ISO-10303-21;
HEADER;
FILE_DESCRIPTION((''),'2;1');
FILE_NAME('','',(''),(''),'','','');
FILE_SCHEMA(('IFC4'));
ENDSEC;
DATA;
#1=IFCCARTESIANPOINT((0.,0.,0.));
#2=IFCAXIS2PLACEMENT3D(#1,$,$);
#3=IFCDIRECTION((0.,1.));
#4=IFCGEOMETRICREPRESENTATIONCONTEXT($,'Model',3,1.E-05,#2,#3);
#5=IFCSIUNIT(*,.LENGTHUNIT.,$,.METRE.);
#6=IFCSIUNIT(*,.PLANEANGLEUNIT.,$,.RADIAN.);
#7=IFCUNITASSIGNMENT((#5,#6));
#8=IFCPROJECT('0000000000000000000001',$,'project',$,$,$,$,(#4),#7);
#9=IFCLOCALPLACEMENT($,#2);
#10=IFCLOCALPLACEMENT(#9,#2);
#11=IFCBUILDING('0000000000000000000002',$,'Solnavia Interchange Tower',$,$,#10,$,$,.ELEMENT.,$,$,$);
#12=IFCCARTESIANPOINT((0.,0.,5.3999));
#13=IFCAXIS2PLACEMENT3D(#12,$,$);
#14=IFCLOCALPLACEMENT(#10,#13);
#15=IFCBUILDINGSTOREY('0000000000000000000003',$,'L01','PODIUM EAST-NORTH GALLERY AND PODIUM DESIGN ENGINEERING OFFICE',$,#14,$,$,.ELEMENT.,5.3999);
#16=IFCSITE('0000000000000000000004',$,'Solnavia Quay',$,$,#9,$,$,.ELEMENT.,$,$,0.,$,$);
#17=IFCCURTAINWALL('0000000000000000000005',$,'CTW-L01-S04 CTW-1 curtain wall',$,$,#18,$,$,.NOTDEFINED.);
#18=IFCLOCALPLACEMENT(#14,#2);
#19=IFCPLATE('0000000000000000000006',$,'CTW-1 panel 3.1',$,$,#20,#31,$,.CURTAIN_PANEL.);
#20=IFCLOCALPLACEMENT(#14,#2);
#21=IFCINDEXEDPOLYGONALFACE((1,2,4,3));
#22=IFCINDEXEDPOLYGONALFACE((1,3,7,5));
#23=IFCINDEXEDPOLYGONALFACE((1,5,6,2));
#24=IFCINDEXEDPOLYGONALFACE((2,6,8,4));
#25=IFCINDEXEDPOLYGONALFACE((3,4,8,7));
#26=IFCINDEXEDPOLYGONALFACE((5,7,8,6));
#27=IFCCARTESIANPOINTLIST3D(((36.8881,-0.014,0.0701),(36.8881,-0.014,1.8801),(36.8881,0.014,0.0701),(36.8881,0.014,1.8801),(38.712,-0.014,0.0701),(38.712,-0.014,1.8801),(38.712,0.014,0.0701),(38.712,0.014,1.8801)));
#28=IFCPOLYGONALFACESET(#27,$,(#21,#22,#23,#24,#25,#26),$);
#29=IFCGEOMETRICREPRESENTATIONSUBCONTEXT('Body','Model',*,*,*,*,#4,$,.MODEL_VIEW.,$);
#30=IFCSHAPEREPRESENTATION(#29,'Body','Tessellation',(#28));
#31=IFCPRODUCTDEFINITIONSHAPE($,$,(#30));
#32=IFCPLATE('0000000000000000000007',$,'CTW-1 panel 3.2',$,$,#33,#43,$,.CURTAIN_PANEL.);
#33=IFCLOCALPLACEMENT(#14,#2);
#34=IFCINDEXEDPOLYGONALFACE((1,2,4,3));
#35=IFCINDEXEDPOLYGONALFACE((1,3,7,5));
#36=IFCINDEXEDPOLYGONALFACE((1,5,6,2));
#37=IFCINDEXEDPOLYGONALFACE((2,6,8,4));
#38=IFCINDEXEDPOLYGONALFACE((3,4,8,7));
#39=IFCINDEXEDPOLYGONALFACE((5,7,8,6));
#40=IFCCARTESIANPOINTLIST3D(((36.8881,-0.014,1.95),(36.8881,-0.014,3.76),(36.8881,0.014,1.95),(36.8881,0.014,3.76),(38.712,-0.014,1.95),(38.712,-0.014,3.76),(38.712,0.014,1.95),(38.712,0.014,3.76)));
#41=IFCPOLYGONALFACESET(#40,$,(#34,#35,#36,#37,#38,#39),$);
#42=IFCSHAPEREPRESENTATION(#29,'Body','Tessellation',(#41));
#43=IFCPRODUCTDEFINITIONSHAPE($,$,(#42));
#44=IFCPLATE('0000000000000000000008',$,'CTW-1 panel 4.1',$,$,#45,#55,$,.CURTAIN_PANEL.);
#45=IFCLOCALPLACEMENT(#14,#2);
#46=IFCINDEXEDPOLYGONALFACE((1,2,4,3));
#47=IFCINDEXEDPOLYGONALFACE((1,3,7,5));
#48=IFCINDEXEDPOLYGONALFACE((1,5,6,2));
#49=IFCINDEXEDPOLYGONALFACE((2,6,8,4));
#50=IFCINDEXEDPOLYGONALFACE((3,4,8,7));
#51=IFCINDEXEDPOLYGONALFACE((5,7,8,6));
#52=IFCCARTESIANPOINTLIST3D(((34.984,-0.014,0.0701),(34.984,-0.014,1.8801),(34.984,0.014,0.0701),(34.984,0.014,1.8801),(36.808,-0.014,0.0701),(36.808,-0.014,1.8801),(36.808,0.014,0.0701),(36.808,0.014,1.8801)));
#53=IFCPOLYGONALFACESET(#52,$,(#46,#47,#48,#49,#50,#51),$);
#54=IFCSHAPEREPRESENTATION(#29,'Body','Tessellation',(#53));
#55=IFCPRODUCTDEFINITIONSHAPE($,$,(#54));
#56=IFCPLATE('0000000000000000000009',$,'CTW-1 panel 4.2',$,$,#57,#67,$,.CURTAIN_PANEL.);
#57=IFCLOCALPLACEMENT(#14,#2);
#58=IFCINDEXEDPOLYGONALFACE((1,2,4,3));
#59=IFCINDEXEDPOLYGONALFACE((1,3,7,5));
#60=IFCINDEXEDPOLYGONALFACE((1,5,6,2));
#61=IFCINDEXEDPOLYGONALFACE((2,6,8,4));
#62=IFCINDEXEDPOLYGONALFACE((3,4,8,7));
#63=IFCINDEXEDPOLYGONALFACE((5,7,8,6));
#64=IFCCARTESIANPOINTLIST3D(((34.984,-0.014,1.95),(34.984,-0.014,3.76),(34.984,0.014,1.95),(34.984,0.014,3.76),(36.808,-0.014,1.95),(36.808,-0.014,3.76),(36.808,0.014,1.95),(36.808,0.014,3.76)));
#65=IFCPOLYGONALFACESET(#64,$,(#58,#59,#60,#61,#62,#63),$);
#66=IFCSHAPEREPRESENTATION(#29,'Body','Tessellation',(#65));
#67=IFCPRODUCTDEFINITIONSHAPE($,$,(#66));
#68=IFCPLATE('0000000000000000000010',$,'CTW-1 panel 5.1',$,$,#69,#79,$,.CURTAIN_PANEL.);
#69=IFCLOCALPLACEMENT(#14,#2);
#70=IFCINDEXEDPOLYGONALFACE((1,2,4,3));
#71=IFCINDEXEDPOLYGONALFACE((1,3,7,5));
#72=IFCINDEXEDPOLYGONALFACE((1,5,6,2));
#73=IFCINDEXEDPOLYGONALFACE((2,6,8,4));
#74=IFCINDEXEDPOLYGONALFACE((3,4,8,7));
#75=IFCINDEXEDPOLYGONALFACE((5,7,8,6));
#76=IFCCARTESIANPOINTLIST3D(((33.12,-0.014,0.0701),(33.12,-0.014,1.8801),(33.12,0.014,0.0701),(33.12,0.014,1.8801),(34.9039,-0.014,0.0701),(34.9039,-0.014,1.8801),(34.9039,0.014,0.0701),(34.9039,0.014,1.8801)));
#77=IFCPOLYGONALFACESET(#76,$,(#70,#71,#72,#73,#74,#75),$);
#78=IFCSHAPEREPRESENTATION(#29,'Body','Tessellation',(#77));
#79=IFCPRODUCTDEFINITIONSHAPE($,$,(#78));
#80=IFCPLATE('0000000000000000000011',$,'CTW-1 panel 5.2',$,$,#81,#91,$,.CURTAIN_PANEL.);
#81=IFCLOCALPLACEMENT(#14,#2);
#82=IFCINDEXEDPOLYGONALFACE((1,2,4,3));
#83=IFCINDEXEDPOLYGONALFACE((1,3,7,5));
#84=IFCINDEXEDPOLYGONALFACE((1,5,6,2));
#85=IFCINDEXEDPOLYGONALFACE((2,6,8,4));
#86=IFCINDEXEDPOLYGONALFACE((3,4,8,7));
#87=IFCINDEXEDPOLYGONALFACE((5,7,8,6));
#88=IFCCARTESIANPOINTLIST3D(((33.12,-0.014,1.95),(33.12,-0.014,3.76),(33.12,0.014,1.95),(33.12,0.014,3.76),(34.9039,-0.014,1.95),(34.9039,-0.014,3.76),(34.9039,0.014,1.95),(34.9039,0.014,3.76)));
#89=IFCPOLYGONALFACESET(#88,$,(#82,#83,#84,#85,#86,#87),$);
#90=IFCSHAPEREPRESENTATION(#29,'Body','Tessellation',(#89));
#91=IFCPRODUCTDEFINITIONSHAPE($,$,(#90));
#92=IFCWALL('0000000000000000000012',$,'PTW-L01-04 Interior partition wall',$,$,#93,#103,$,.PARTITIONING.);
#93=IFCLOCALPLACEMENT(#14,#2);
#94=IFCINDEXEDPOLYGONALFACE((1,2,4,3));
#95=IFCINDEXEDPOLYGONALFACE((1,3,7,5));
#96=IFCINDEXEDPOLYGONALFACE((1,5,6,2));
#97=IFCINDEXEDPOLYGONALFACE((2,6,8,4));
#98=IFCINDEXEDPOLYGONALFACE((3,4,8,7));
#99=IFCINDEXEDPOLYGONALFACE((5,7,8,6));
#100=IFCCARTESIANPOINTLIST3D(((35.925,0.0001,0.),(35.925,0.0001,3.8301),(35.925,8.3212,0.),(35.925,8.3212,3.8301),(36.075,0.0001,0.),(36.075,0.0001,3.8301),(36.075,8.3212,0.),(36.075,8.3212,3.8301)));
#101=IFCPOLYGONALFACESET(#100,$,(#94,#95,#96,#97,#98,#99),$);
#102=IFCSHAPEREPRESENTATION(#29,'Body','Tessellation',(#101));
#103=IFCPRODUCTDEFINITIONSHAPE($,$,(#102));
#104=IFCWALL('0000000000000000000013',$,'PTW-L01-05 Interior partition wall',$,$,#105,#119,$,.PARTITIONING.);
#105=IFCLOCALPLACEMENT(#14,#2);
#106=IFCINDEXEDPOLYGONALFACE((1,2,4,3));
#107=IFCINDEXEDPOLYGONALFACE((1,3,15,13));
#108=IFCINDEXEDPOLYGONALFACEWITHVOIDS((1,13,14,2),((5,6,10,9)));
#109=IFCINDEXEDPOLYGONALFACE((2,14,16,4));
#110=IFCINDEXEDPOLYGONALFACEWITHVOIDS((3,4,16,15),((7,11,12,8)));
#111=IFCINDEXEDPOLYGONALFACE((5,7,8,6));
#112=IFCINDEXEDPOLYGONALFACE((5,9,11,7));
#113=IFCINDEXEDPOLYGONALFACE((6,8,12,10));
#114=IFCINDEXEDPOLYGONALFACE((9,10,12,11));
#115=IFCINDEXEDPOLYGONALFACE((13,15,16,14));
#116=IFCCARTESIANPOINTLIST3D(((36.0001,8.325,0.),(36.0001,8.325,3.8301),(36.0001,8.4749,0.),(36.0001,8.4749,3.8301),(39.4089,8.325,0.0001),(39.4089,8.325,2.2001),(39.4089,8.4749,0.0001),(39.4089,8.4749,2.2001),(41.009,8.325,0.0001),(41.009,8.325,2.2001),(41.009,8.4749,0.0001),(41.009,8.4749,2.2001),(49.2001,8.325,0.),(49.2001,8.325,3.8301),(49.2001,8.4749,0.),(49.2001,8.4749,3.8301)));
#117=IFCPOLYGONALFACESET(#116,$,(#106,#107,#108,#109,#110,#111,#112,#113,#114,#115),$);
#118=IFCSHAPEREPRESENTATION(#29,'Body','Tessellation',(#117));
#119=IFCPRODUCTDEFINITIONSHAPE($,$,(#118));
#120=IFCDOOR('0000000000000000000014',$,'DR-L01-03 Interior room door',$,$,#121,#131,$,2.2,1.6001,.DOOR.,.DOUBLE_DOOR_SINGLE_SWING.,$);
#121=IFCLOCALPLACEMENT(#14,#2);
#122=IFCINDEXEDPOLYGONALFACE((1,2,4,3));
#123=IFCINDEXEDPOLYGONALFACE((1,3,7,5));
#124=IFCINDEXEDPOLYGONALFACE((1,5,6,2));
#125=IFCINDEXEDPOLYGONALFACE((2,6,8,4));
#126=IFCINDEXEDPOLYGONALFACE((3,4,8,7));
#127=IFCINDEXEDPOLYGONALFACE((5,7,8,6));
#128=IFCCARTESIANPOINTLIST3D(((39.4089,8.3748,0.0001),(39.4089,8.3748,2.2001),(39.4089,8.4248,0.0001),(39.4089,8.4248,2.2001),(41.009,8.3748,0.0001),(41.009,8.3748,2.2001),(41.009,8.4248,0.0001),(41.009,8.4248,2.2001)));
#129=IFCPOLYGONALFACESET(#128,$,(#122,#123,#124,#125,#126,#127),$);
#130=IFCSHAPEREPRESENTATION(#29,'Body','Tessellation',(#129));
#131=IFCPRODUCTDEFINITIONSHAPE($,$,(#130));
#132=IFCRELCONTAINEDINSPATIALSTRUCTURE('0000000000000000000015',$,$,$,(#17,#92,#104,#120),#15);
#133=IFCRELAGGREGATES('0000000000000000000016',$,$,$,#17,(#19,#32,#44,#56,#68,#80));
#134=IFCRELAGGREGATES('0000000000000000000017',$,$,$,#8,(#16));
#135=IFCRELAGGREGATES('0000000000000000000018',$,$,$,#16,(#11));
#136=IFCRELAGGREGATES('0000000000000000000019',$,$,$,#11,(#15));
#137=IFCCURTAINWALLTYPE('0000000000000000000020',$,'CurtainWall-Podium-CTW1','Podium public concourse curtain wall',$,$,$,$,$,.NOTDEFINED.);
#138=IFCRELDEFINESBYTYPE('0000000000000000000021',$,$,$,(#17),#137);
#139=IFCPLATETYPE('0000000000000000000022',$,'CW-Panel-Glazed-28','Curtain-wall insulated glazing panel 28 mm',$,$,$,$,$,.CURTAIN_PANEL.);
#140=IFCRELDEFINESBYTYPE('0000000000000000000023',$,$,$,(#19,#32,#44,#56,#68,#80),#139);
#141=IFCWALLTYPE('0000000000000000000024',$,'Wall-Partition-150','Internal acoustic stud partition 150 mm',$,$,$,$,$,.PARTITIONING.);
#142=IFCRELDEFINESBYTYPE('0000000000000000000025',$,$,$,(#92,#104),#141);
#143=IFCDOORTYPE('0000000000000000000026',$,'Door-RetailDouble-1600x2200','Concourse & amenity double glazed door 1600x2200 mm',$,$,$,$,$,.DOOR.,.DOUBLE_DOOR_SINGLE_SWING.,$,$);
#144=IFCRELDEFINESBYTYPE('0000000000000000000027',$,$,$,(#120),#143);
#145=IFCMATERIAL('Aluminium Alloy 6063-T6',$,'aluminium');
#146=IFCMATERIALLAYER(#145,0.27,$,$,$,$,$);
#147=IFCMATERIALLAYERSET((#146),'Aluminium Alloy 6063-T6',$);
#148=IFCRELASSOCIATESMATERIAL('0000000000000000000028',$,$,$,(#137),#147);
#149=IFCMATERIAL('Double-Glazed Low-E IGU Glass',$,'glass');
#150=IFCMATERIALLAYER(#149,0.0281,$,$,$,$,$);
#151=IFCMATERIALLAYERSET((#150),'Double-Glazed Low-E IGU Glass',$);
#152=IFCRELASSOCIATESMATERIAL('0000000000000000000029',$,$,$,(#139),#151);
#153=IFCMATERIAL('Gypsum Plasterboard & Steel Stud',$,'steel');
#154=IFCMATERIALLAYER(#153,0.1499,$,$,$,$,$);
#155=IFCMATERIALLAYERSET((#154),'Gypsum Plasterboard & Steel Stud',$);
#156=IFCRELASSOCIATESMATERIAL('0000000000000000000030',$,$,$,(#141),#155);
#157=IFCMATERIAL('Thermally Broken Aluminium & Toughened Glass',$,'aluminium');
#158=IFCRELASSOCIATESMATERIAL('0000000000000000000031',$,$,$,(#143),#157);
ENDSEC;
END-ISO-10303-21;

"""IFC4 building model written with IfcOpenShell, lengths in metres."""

from ifc_helpers import new_model, si_unit, direction, frame, frame_2d, origin, origin_2d, place, context, subcontext, project, spatial, rectangle, extrude, material, layer, layer_set, type_object, element, fill, aggregate, save


model = new_model("IFC4")

# Units and contexts
model_context = context("Model", 3, precision=1e-05, world=origin(), true_north=direction((0.0, 1.0)))
body_context = subcontext(model_context, "Body", "Model", "MODEL_VIEW")
ifc_project = project(units=[si_unit("LENGTHUNIT", "METRE"), si_unit("PLANEANGLEUNIT", "RADIAN")], contexts=[model_context])

# Site, building, storey
site_placement = place(None, origin())
site = spatial("IfcSite", under=ifc_project, at=site_placement, Name="Solnavia Quay", CompositionType="ELEMENT", RefElevation=0.0)
building_placement = place(site_placement, origin())
building = spatial("IfcBuilding", under=site, at=building_placement, Name="Solnavia Interchange Tower", CompositionType="ELEMENT")
storey_placement = place(building_placement, frame((0.0, 0.0, 5.3999)))
storey = spatial("IfcBuildingStorey", under=building, at=storey_placement, Name="L01", Description="PODIUM EAST-NORTH GALLERY AND PODIUM DESIGN ENGINEERING OFFICE", CompositionType="ELEMENT", Elevation=5.3999)

# Curtain wall, plates
ifc_material_1 = material(Name="Aluminium Alloy 6063-T6", Category="aluminium")
ifc_layer_1 = layer(ifc_material_1, 0.27)
ifc_layer_set_1 = layer_set([ifc_layer_1], Name="Aluminium Alloy 6063-T6")
curtain_wall_type = type_object("IfcCurtainWallType", Name="CurtainWall-Podium-CTW1", Description="Podium public concourse curtain wall", PredefinedType="NOTDEFINED", material=ifc_layer_set_1)
curtain_wall_placement = place(storey_placement, origin())
curtain_wall = element("IfcCurtainWall", 1, at=curtain_wall_placement, inside=storey, type_object=curtain_wall_type, Name="CTW-L01-S04 CTW-1 curtain wall", PredefinedType="NOTDEFINED")
ifc_material_2 = material(Name="Double-Glazed Low-E IGU Glass", Category="glass")
ifc_layer_2 = layer(ifc_material_2, 0.0281)
ifc_layer_set_2 = layer_set([ifc_layer_2], Name="Double-Glazed Low-E IGU Glass")
plate_type = type_object("IfcPlateType", Name="CW-Panel-Glazed-28", Description="Curtain-wall insulated glazing panel 28 mm", PredefinedType="CURTAIN_PANEL", material=ifc_layer_set_2)
plate_1_placement = place(storey_placement, frame((37.8, 0.0, 0.0701), z_axis=(0.0, 0.0, 1.0), x_axis=(-1.0, 0.0, 0.0)))
plate_1 = element("IfcPlate", 2, at=plate_1_placement, type_object=plate_type, Name="CTW-1 panel 3.1", PredefinedType="CURTAIN_PANEL", context=body_context, shape_type="SweptSolid", body=[
    extrude(rectangle(XDim=1.824, YDim=0.0281, at=origin_2d()), origin(), (0.0, 0.0, 1.0), 1.8101),
])
plate_2_placement = place(storey_placement, frame((37.8, 0.0, 1.95), z_axis=(0.0, 0.0, 1.0), x_axis=(-1.0, 0.0, 0.0)))
plate_2 = element("IfcPlate", 3, at=plate_2_placement, type_object=plate_type, Name="CTW-1 panel 3.2", PredefinedType="CURTAIN_PANEL", context=body_context, shape_type="SweptSolid", body=[
    extrude(rectangle(XDim=1.824, YDim=0.0281, at=origin_2d()), origin(), (0.0, 0.0, 1.0), 1.8101),
])
plate_3_placement = place(storey_placement, frame((35.896, 0.0, 0.0701), z_axis=(0.0, 0.0, 1.0), x_axis=(-1.0, 0.0, 0.0)))
plate_3 = element("IfcPlate", 4, at=plate_3_placement, type_object=plate_type, Name="CTW-1 panel 4.1", PredefinedType="CURTAIN_PANEL", context=body_context, shape_type="SweptSolid", body=[
    extrude(rectangle(XDim=1.824, YDim=0.0281, at=origin_2d()), origin(), (0.0, 0.0, 1.0), 1.8101),
])
plate_4_placement = place(storey_placement, frame((35.896, 0.0, 1.95), z_axis=(0.0, 0.0, 1.0), x_axis=(-1.0, 0.0, 0.0)))
plate_4 = element("IfcPlate", 5, at=plate_4_placement, type_object=plate_type, Name="CTW-1 panel 4.2", PredefinedType="CURTAIN_PANEL", context=body_context, shape_type="SweptSolid", body=[
    extrude(rectangle(XDim=1.824, YDim=0.0281, at=origin_2d()), origin(), (0.0, 0.0, 1.0), 1.8101),
])
plate_5_placement = place(storey_placement, frame((34.012, 0.0, 0.0701), z_axis=(0.0, 0.0, 1.0), x_axis=(-1.0, 0.0, 0.0)))
plate_5 = element("IfcPlate", 6, at=plate_5_placement, type_object=plate_type, Name="CTW-1 panel 5.1", PredefinedType="CURTAIN_PANEL", context=body_context, shape_type="SweptSolid", body=[
    extrude(rectangle(XDim=1.7839, YDim=0.0281, at=origin_2d()), origin(), (0.0, 0.0, 1.0), 1.8101),
])
plate_6_placement = place(storey_placement, frame((34.012, 0.0, 1.95), z_axis=(0.0, 0.0, 1.0), x_axis=(-1.0, 0.0, 0.0)))
plate_6 = element("IfcPlate", 7, at=plate_6_placement, type_object=plate_type, Name="CTW-1 panel 5.2", PredefinedType="CURTAIN_PANEL", context=body_context, shape_type="SweptSolid", body=[
    extrude(rectangle(XDim=1.7839, YDim=0.0281, at=origin_2d()), origin(), (0.0, 0.0, 1.0), 1.8101),
])
aggregate(curtain_wall, [plate_1, plate_2, plate_3, plate_4, plate_5, plate_6])

# Wall
ifc_material_3 = material(Name="Gypsum Plasterboard & Steel Stud", Category="steel")
ifc_layer_3 = layer(ifc_material_3, 0.1499)
ifc_layer_set_3 = layer_set([ifc_layer_3], Name="Gypsum Plasterboard & Steel Stud")
wall_type = type_object("IfcWallType", Name="Wall-Partition-150", Description="Internal acoustic stud partition 150 mm", PredefinedType="PARTITIONING", material=ifc_layer_set_3)
wall_1_placement = place(storey_placement, frame((36.0, 0.0, 0.0), z_axis=(0.0, 0.0, 1.0), x_axis=(0.0, 1.0, 0.0)))
element("IfcWall", 8, at=wall_1_placement, inside=storey, type_object=wall_type, Name="PTW-L01-04 Interior partition wall", PredefinedType="PARTITIONING", context=body_context, shape_type="SweptSolid", body=[
    extrude(rectangle(XDim=8.321, YDim=0.1499, at=frame_2d((4.1606, 0.0))), origin(), (0.0, 0.0, 1.0), 3.8301),
])

# Wall, opening, door
wall_2_placement = place(storey_placement, frame((36.0, 8.3999, 0.0), z_axis=(0.0, 0.0, 1.0), x_axis=(1.0, 0.0, 0.0)))
wall_2 = element("IfcWall", 9, at=wall_2_placement, inside=storey, type_object=wall_type, Name="PTW-L01-05 Interior partition wall", PredefinedType="PARTITIONING", context=body_context, shape_type="SweptSolid", body=[
    extrude(rectangle(XDim=13.2, YDim=0.1499, at=frame_2d((6.6001, 0.0))), origin(), (0.0, 0.0, 1.0), 3.8301),
])
opening_placement = place(wall_2_placement, frame((3.4089, 0.0, 0.0)))
opening = element("IfcOpeningElement", 10, at=opening_placement, cuts=wall_2, PredefinedType="OPENING", context=body_context, shape_type="SweptSolid", body=[
    extrude(rectangle(XDim=1.6001, YDim=2.2, at=frame_2d((0.8, 1.1001))), frame((0.0, 0.085, 0.0), z_axis=(0.0, -1.0, 0.0), x_axis=(1.0, 0.0, 0.0)), (0.0, 0.0, 1.0), 0.1699),
])
ifc_material_4 = material(Name="Thermally Broken Aluminium & Toughened Glass", Category="aluminium")
door_type = type_object("IfcDoorType", Name="Door-RetailDouble-1600x2200", Description="Concourse & amenity double glazed door 1600x2200 mm", OperationType="DOUBLE_DOOR_SINGLE_SWING", PredefinedType="DOOR", material=ifc_material_4)
door_placement = place(opening_placement, origin())
door = element("IfcDoor", 11, at=door_placement, inside=storey, type_object=door_type, Name="DR-L01-03 Interior room door", OperationType="DOUBLE_DOOR_SINGLE_SWING", OverallHeight=2.2, OverallWidth=1.6001, PredefinedType="DOOR", context=body_context, shape_type="SweptSolid", body=[
    extrude(rectangle(XDim=1.6001, YDim=2.2, at=frame_2d((0.8, 1.1001))), frame((0.0, 0.0249, 0.0), z_axis=(0.0, -1.0, 0.0), x_axis=(1.0, 0.0, 0.0)), (0.0, 0.0, 1.0), 0.05),
])
fill(opening, door)

save(model, "model.ifc")
